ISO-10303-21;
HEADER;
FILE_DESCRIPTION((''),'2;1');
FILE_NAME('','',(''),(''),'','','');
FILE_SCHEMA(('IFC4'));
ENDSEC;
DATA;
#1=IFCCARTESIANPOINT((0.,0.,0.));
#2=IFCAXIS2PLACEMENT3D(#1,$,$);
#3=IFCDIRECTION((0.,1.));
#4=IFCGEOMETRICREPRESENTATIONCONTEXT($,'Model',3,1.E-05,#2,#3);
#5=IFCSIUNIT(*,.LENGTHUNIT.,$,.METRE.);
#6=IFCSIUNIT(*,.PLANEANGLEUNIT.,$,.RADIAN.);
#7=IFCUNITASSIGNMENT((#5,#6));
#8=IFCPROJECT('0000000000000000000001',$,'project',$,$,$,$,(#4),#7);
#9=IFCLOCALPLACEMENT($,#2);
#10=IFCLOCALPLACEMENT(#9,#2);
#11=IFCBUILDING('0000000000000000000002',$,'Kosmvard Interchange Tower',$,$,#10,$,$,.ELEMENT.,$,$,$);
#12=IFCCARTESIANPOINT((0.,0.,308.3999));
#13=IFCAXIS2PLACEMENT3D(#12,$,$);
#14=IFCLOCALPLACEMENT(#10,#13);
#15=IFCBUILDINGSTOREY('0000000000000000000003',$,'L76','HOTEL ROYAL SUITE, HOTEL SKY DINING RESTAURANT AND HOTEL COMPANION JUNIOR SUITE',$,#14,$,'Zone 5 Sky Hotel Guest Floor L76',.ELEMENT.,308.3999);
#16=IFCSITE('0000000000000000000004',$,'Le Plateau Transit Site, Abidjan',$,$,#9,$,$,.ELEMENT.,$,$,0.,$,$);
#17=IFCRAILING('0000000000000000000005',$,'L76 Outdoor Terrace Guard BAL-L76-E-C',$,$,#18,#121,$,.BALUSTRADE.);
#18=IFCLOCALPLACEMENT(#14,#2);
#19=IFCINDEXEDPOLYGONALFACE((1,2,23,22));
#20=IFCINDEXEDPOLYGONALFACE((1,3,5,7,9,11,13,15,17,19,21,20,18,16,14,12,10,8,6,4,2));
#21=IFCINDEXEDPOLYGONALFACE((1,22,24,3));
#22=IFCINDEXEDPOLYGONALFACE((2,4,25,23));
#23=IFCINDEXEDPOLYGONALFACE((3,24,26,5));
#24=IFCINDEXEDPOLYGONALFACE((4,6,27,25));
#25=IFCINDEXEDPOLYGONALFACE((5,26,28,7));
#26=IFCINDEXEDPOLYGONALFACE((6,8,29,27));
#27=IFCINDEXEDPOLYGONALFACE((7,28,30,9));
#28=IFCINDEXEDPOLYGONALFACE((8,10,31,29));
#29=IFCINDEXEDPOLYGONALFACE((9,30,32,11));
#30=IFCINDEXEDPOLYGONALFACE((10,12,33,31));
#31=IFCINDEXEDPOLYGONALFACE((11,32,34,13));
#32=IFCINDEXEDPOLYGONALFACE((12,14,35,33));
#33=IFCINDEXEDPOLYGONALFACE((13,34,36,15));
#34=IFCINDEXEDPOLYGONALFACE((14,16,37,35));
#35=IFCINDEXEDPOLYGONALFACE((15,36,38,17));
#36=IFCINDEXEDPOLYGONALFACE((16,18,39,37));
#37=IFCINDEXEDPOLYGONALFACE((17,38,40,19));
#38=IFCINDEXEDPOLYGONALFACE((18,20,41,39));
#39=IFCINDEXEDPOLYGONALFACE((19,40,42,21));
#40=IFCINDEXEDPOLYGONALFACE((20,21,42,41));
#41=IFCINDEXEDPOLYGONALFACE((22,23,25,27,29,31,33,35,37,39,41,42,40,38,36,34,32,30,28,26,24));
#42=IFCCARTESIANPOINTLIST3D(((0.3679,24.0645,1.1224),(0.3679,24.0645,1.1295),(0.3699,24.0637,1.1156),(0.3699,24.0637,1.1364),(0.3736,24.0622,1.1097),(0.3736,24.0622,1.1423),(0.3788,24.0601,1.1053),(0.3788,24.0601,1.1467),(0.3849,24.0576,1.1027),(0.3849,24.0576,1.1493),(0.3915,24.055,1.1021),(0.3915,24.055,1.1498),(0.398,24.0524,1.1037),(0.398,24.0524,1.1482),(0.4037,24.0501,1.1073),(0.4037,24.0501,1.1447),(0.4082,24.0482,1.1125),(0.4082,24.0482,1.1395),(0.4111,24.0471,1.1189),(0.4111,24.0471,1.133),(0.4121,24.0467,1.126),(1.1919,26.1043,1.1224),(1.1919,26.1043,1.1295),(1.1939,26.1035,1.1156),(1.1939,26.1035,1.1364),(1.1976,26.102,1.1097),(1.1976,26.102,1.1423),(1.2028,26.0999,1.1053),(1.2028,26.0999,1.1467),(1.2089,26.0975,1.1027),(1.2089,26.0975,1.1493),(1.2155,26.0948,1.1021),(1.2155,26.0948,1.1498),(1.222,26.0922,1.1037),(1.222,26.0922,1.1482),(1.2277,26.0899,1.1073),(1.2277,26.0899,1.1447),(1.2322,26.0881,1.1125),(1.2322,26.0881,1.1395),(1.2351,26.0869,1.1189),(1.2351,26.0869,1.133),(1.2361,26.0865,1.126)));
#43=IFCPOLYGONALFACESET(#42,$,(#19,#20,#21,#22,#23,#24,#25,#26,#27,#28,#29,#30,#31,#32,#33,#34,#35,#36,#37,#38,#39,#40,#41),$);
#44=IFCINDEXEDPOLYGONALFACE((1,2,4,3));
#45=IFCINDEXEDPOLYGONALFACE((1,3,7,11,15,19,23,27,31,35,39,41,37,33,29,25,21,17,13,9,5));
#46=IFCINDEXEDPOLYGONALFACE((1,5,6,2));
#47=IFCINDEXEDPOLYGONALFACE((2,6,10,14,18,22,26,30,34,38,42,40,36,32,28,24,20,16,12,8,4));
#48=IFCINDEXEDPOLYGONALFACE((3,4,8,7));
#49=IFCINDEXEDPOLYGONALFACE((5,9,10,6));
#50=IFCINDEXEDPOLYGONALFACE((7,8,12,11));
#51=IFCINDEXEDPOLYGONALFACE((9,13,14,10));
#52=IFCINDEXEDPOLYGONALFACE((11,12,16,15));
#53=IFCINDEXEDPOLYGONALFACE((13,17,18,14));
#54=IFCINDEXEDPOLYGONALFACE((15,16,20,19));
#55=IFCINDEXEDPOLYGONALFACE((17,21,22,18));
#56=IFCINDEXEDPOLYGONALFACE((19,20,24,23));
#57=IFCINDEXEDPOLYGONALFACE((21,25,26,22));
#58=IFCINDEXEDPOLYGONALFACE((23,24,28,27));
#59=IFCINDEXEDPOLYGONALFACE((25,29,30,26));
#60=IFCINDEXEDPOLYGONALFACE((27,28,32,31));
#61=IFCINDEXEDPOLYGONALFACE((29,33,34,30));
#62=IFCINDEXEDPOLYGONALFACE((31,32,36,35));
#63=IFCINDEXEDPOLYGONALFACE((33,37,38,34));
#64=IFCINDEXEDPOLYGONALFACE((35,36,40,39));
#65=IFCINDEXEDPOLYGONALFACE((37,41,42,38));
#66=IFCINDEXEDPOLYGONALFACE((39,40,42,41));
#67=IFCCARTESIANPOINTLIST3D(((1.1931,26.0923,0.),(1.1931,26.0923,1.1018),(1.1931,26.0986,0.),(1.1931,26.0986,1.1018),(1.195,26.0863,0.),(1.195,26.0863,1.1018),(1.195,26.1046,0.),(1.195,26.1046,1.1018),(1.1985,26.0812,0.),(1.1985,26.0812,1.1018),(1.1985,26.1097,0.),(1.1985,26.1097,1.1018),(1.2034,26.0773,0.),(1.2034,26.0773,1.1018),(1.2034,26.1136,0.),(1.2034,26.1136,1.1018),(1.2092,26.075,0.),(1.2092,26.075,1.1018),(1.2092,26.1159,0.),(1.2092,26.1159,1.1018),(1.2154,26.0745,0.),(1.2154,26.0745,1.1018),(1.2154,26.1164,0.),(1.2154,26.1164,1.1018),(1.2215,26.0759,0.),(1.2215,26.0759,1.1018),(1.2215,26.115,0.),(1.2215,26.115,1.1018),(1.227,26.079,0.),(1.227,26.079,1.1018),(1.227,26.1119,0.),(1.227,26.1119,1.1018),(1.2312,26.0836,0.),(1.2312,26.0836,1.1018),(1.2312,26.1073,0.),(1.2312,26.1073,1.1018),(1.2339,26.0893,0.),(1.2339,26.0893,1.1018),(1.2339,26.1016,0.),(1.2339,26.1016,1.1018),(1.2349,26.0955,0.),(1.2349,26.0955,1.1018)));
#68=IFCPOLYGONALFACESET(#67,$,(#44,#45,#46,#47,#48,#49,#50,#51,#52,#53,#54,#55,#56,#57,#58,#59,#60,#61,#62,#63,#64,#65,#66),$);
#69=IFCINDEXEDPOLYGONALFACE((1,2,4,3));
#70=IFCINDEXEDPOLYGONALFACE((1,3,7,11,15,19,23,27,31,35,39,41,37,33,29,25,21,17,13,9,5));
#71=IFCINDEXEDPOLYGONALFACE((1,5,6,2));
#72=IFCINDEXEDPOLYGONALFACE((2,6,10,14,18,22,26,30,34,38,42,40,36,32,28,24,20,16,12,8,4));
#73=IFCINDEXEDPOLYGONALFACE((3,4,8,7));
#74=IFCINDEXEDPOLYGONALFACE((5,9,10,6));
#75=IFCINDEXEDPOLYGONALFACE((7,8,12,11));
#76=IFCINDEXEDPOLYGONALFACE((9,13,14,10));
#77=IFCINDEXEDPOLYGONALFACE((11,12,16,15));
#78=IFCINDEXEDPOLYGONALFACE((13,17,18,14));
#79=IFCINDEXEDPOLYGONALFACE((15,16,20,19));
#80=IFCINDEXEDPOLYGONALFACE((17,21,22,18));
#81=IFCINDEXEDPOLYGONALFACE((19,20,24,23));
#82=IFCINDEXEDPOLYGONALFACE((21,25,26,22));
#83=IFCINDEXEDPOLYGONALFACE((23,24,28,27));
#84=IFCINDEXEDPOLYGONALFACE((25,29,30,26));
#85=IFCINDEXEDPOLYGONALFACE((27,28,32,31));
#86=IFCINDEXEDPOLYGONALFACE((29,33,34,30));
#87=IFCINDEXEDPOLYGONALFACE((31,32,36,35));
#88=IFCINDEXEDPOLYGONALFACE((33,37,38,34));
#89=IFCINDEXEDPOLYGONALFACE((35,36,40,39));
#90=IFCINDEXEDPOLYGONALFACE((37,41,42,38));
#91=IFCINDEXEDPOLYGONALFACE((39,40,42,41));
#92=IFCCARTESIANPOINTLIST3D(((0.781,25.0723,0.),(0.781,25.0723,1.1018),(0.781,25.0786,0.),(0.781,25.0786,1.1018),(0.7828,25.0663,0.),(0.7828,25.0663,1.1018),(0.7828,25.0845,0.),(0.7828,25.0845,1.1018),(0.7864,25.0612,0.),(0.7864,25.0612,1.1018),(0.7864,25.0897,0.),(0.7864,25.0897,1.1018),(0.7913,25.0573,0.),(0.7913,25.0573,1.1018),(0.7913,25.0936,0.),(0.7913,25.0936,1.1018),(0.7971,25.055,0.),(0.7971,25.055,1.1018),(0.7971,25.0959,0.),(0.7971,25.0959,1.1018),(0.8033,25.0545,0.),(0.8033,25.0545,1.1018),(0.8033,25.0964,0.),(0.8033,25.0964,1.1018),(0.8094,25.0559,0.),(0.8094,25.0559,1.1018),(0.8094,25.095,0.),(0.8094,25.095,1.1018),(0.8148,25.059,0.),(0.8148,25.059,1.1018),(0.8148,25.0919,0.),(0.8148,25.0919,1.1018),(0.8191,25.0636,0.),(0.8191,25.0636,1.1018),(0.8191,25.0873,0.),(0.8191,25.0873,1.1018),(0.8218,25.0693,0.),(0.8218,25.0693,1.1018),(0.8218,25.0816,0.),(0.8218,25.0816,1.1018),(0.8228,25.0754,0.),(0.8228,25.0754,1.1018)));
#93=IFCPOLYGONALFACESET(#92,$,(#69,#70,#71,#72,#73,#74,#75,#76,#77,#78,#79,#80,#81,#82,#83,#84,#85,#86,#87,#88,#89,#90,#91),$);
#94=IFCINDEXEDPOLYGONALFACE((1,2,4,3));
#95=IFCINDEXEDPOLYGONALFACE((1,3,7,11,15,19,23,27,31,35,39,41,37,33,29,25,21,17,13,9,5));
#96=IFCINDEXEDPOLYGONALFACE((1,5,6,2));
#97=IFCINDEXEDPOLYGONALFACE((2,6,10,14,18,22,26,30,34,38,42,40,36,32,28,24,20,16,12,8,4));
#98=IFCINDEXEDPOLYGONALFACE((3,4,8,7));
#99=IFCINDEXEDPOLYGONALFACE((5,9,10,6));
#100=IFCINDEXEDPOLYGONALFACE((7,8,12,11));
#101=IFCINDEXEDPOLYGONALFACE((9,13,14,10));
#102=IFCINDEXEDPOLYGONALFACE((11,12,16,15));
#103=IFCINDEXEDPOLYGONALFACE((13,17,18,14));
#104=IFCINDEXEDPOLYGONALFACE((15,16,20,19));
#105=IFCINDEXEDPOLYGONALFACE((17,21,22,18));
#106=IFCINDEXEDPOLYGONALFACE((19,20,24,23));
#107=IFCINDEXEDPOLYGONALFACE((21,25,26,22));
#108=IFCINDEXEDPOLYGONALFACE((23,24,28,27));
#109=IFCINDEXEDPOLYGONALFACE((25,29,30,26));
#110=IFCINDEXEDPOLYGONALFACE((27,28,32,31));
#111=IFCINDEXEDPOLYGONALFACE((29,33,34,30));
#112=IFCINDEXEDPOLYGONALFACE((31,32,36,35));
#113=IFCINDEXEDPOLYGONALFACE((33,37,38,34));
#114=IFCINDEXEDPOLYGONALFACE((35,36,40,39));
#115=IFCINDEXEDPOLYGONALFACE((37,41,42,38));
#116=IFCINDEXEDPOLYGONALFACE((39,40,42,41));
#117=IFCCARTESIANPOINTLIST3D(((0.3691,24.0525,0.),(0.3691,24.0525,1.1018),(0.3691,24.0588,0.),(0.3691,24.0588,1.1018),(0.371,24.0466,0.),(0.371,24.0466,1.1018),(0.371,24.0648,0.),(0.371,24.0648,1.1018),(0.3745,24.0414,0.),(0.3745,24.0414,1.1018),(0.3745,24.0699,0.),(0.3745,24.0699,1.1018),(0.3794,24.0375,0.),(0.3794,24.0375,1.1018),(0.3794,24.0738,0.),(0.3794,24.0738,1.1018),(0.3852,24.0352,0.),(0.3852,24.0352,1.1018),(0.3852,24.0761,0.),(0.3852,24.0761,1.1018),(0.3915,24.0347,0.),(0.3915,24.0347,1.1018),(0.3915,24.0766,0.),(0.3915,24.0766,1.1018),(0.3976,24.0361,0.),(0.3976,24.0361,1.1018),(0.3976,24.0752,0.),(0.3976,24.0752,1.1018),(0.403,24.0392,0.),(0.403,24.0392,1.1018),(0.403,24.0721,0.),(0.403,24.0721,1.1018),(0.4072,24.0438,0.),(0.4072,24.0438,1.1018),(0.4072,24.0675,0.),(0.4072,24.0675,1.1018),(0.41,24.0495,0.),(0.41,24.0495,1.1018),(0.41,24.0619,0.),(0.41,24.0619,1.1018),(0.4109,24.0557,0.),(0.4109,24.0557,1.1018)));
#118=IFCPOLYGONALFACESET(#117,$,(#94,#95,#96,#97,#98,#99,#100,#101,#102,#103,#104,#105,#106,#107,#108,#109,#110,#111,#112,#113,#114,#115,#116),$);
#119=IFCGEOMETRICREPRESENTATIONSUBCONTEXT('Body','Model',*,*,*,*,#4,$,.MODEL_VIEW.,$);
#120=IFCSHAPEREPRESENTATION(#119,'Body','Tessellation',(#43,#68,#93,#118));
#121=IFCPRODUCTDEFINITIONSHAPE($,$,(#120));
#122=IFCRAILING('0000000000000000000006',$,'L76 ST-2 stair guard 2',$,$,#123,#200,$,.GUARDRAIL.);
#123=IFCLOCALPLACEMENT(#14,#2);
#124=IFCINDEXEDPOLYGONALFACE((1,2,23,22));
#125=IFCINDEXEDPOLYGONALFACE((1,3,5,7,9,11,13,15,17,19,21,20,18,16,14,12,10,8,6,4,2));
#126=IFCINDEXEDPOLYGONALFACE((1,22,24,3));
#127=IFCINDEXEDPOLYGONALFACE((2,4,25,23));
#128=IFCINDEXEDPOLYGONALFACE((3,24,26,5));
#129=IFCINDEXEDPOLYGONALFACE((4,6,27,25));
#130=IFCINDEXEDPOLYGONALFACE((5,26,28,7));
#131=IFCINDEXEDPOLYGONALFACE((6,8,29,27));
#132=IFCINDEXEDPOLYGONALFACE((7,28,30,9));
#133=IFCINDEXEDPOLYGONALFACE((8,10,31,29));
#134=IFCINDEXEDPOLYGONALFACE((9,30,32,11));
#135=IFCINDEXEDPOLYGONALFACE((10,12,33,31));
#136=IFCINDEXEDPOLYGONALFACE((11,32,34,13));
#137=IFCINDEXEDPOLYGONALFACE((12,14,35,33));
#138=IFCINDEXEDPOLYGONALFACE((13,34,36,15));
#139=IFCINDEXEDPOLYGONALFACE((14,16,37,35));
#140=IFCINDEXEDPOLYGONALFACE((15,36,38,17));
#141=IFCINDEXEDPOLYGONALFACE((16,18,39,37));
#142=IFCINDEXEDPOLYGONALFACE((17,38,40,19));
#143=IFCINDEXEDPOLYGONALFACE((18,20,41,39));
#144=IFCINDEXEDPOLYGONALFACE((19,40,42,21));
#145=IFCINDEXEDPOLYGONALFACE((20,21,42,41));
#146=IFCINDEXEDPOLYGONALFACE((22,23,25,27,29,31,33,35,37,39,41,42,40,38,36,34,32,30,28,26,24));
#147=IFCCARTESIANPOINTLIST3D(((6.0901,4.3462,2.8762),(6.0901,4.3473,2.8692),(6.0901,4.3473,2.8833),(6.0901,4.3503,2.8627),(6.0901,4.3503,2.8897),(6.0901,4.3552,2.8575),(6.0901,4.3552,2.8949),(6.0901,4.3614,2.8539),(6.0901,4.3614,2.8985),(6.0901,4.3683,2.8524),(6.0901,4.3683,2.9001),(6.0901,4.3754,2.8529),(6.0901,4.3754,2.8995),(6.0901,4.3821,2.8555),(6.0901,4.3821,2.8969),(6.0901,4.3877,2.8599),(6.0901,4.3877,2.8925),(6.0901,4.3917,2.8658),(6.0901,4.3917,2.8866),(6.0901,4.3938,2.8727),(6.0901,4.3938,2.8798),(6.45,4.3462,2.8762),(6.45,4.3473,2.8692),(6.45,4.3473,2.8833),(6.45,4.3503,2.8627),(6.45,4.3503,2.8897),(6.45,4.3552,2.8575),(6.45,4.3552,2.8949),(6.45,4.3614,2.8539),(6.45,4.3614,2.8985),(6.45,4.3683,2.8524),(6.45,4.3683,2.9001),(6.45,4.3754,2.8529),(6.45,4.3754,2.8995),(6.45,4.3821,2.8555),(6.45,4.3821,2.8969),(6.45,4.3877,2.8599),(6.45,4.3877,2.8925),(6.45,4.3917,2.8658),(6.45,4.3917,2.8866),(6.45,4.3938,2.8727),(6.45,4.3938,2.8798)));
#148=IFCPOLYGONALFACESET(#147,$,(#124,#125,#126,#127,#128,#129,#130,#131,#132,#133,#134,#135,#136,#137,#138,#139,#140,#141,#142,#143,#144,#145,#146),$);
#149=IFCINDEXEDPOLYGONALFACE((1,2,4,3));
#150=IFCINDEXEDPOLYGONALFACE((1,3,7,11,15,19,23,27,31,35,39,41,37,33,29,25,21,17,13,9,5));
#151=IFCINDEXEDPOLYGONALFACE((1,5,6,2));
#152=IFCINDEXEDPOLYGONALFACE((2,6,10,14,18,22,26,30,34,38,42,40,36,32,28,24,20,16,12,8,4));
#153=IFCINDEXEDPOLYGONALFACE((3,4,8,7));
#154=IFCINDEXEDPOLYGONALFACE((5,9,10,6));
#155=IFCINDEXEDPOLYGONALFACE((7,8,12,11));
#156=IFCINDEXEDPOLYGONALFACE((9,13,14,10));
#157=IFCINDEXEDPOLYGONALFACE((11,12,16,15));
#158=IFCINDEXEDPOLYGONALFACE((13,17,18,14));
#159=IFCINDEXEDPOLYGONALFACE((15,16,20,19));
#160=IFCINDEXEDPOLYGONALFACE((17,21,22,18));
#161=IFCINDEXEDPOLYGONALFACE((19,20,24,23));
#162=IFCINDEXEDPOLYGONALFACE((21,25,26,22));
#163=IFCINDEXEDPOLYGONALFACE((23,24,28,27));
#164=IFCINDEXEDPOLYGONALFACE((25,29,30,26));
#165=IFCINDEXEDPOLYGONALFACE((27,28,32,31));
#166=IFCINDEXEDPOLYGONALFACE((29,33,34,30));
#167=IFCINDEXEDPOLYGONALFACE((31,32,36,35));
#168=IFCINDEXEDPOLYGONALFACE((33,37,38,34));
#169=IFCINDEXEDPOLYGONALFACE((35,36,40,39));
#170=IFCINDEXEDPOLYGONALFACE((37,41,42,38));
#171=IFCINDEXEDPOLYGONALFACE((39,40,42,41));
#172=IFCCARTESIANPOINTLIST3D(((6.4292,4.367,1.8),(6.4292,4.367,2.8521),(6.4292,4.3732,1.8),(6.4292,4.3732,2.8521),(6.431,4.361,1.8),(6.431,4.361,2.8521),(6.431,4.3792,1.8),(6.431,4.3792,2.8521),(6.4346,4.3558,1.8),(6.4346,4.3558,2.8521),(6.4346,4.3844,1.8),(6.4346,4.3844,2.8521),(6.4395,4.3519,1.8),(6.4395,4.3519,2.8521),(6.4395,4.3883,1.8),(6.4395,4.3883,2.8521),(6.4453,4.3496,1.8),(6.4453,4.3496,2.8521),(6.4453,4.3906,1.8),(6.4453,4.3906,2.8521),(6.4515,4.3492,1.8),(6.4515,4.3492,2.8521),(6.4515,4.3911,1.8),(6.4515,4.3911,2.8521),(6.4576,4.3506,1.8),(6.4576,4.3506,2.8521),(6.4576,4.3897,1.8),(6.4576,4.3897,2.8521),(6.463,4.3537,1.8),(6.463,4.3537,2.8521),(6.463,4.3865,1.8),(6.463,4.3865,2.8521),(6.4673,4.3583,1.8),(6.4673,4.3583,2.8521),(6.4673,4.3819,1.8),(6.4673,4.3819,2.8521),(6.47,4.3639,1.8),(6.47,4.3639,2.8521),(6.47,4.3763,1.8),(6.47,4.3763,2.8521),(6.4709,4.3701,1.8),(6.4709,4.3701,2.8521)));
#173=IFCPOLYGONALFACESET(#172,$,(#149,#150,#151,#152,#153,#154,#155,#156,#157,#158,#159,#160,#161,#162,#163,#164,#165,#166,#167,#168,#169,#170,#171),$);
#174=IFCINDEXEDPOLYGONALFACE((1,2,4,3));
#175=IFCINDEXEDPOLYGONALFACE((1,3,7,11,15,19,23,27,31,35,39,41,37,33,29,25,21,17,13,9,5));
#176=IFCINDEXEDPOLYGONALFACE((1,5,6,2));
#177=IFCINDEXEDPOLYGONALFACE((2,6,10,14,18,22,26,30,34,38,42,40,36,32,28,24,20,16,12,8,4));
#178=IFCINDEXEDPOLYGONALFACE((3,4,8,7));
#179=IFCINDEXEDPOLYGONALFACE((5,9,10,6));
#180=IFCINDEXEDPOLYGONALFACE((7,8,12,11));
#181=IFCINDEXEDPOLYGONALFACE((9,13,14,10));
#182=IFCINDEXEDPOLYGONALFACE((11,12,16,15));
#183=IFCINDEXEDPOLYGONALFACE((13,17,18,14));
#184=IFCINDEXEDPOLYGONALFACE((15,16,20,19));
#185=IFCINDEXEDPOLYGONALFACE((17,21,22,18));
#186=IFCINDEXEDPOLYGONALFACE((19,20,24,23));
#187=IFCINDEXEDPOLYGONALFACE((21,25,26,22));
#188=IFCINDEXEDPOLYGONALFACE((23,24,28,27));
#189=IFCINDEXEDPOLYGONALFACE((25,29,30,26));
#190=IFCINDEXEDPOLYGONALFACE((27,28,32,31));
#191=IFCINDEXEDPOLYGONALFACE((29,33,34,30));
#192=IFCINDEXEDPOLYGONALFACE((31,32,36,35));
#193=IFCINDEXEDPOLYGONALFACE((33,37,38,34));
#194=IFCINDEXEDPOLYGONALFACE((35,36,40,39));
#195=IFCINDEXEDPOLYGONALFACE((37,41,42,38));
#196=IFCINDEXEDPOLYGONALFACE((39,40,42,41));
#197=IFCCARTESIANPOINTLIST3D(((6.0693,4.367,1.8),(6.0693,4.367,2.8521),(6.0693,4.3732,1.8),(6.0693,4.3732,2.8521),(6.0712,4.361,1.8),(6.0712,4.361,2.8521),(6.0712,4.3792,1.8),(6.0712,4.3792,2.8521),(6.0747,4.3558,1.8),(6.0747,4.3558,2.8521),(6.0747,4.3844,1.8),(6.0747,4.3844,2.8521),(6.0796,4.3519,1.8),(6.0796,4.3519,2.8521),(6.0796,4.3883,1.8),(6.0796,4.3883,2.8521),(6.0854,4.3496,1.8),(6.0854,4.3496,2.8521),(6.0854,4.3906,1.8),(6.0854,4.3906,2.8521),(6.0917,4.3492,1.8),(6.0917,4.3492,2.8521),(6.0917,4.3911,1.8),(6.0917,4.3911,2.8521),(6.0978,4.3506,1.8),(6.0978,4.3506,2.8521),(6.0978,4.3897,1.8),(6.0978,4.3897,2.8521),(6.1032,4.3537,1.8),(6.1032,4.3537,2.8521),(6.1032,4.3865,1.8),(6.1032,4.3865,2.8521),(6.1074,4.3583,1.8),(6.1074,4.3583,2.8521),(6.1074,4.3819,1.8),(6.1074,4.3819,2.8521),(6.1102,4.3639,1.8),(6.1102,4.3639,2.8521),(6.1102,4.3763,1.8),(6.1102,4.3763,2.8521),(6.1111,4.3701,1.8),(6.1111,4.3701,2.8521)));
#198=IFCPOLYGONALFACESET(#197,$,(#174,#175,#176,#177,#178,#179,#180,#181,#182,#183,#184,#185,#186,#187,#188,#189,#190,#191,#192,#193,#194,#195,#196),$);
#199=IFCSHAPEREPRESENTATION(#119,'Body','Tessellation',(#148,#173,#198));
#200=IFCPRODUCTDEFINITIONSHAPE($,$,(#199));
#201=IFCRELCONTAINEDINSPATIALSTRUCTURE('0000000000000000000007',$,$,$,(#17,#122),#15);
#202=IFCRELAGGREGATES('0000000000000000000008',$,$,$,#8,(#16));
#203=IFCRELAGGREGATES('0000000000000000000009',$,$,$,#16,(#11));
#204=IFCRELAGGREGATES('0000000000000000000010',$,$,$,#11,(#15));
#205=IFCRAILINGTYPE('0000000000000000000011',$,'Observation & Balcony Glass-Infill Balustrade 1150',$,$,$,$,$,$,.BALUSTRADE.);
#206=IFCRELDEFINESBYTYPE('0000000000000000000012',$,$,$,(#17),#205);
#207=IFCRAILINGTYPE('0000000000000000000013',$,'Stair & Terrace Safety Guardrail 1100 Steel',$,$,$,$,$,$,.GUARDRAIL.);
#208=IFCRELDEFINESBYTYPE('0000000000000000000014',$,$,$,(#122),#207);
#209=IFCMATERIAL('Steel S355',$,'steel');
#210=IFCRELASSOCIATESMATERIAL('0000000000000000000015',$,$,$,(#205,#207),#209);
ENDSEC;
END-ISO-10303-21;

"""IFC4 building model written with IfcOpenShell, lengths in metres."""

from ifc_helpers import new_model, si_unit, direction, frame, origin, origin_2d, place, context, subcontext, project, spatial, circle, extrude, source, transform, mapped, material, type_object, element, save


model = new_model("IFC4")

# Units and contexts
model_context = context("Model", 3, precision=1e-05, world=origin(), true_north=direction((0.0, 1.0)))
body_context = subcontext(model_context, "Body", "Model", "MODEL_VIEW")
ifc_project = project(units=[si_unit("LENGTHUNIT", "METRE"), si_unit("PLANEANGLEUNIT", "RADIAN")], contexts=[model_context])

# Site, building, storey
site_placement = place(None, origin())
site = spatial("IfcSite", under=ifc_project, at=site_placement, Name="Le Plateau Transit Site, Abidjan", CompositionType="ELEMENT", RefElevation=0.0)
building_placement = place(site_placement, origin())
building = spatial("IfcBuilding", under=site, at=building_placement, Name="Kosmvard Interchange Tower", CompositionType="ELEMENT")
storey_placement = place(building_placement, frame((0.0, 0.0, 308.3999)))
storey = spatial("IfcBuildingStorey", under=building, at=storey_placement, Name="L76", Description="HOTEL ROYAL SUITE, HOTEL SKY DINING RESTAURANT AND HOTEL COMPANION JUNIOR SUITE", LongName="Zone 5 Sky Hotel Guest Floor L76", CompositionType="ELEMENT", Elevation=308.3999)

# Shared definitions
ifc_material_1 = material(Name="Steel S355", Category="steel")

# Railings
railing_type_1 = type_object("IfcRailingType", Name="Observation & Balcony Glass-Infill Balustrade 1150", PredefinedType="BALUSTRADE", material=ifc_material_1)
shared_shape_1 = source(origin(), body_context, "Body", "SweptSolid", [
    extrude(circle(Radius=0.0239, at=origin_2d()), frame((0.0, 0.0, 1.126), z_axis=(-0.374546, -0.927208, 0.0), x_axis=(0.927208, -0.374546, 0.0)), (0.0, 0.0, 1.0), 2.2),
    extrude(circle(Radius=0.021, at=origin_2d()), origin(), (0.0, 0.0, 1.0), 1.1018),
    extrude(circle(Radius=0.021, at=origin_2d()), frame((-0.4121, -1.02, 0.0)), (0.0, 0.0, 1.0), 1.1018),
    extrude(circle(Radius=0.021, at=origin_2d()), frame((-0.824, -2.0398, 0.0)), (0.0, 0.0, 1.0), 1.1018),
])
railing_1_placement = place(storey_placement, frame((1.2139, 26.0955, 0.0)))
element("IfcRailing", 1, at=railing_1_placement, inside=storey, type_object=railing_type_1, Name="L76 Outdoor Terrace Guard BAL-L76-E-C", PredefinedType="BALUSTRADE", context=body_context, shape_type="MappedRepresentation", body=[
    mapped(shared_shape_1, transform((0.0, 0.0, 0.0), scale=1.0)),
])
railing_type_2 = type_object("IfcRailingType", Name="Stair & Terrace Safety Guardrail 1100 Steel", PredefinedType="GUARDRAIL", material=ifc_material_1)
shared_shape_2 = source(origin(), body_context, "Body", "SweptSolid", [
    extrude(circle(Radius=0.0239, at=origin_2d()), frame((0.0, 0.0, 1.0762), z_axis=(-1.0, 0.0, 0.0), x_axis=(0.0, -1.0, 0.0)), (0.0, 0.0, 1.0), 0.3599),
    extrude(circle(Radius=0.021, at=origin_2d()), origin(), (0.0, 0.0, 1.0), 1.052),
    extrude(circle(Radius=0.021, at=origin_2d()), frame((-0.3599, 0.0, 0.0)), (0.0, 0.0, 1.0), 1.052),
])
railing_2_placement = place(storey_placement, frame((6.45, 4.3701, 1.8)))
element("IfcRailing", 2, at=railing_2_placement, inside=storey, type_object=railing_type_2, Name="L76 ST-2 stair guard 2", PredefinedType="GUARDRAIL", context=body_context, shape_type="MappedRepresentation", body=[
    mapped(shared_shape_2, transform((0.0, 0.0, 0.0), scale=1.0)),
])

save(model, "model.ifc")
